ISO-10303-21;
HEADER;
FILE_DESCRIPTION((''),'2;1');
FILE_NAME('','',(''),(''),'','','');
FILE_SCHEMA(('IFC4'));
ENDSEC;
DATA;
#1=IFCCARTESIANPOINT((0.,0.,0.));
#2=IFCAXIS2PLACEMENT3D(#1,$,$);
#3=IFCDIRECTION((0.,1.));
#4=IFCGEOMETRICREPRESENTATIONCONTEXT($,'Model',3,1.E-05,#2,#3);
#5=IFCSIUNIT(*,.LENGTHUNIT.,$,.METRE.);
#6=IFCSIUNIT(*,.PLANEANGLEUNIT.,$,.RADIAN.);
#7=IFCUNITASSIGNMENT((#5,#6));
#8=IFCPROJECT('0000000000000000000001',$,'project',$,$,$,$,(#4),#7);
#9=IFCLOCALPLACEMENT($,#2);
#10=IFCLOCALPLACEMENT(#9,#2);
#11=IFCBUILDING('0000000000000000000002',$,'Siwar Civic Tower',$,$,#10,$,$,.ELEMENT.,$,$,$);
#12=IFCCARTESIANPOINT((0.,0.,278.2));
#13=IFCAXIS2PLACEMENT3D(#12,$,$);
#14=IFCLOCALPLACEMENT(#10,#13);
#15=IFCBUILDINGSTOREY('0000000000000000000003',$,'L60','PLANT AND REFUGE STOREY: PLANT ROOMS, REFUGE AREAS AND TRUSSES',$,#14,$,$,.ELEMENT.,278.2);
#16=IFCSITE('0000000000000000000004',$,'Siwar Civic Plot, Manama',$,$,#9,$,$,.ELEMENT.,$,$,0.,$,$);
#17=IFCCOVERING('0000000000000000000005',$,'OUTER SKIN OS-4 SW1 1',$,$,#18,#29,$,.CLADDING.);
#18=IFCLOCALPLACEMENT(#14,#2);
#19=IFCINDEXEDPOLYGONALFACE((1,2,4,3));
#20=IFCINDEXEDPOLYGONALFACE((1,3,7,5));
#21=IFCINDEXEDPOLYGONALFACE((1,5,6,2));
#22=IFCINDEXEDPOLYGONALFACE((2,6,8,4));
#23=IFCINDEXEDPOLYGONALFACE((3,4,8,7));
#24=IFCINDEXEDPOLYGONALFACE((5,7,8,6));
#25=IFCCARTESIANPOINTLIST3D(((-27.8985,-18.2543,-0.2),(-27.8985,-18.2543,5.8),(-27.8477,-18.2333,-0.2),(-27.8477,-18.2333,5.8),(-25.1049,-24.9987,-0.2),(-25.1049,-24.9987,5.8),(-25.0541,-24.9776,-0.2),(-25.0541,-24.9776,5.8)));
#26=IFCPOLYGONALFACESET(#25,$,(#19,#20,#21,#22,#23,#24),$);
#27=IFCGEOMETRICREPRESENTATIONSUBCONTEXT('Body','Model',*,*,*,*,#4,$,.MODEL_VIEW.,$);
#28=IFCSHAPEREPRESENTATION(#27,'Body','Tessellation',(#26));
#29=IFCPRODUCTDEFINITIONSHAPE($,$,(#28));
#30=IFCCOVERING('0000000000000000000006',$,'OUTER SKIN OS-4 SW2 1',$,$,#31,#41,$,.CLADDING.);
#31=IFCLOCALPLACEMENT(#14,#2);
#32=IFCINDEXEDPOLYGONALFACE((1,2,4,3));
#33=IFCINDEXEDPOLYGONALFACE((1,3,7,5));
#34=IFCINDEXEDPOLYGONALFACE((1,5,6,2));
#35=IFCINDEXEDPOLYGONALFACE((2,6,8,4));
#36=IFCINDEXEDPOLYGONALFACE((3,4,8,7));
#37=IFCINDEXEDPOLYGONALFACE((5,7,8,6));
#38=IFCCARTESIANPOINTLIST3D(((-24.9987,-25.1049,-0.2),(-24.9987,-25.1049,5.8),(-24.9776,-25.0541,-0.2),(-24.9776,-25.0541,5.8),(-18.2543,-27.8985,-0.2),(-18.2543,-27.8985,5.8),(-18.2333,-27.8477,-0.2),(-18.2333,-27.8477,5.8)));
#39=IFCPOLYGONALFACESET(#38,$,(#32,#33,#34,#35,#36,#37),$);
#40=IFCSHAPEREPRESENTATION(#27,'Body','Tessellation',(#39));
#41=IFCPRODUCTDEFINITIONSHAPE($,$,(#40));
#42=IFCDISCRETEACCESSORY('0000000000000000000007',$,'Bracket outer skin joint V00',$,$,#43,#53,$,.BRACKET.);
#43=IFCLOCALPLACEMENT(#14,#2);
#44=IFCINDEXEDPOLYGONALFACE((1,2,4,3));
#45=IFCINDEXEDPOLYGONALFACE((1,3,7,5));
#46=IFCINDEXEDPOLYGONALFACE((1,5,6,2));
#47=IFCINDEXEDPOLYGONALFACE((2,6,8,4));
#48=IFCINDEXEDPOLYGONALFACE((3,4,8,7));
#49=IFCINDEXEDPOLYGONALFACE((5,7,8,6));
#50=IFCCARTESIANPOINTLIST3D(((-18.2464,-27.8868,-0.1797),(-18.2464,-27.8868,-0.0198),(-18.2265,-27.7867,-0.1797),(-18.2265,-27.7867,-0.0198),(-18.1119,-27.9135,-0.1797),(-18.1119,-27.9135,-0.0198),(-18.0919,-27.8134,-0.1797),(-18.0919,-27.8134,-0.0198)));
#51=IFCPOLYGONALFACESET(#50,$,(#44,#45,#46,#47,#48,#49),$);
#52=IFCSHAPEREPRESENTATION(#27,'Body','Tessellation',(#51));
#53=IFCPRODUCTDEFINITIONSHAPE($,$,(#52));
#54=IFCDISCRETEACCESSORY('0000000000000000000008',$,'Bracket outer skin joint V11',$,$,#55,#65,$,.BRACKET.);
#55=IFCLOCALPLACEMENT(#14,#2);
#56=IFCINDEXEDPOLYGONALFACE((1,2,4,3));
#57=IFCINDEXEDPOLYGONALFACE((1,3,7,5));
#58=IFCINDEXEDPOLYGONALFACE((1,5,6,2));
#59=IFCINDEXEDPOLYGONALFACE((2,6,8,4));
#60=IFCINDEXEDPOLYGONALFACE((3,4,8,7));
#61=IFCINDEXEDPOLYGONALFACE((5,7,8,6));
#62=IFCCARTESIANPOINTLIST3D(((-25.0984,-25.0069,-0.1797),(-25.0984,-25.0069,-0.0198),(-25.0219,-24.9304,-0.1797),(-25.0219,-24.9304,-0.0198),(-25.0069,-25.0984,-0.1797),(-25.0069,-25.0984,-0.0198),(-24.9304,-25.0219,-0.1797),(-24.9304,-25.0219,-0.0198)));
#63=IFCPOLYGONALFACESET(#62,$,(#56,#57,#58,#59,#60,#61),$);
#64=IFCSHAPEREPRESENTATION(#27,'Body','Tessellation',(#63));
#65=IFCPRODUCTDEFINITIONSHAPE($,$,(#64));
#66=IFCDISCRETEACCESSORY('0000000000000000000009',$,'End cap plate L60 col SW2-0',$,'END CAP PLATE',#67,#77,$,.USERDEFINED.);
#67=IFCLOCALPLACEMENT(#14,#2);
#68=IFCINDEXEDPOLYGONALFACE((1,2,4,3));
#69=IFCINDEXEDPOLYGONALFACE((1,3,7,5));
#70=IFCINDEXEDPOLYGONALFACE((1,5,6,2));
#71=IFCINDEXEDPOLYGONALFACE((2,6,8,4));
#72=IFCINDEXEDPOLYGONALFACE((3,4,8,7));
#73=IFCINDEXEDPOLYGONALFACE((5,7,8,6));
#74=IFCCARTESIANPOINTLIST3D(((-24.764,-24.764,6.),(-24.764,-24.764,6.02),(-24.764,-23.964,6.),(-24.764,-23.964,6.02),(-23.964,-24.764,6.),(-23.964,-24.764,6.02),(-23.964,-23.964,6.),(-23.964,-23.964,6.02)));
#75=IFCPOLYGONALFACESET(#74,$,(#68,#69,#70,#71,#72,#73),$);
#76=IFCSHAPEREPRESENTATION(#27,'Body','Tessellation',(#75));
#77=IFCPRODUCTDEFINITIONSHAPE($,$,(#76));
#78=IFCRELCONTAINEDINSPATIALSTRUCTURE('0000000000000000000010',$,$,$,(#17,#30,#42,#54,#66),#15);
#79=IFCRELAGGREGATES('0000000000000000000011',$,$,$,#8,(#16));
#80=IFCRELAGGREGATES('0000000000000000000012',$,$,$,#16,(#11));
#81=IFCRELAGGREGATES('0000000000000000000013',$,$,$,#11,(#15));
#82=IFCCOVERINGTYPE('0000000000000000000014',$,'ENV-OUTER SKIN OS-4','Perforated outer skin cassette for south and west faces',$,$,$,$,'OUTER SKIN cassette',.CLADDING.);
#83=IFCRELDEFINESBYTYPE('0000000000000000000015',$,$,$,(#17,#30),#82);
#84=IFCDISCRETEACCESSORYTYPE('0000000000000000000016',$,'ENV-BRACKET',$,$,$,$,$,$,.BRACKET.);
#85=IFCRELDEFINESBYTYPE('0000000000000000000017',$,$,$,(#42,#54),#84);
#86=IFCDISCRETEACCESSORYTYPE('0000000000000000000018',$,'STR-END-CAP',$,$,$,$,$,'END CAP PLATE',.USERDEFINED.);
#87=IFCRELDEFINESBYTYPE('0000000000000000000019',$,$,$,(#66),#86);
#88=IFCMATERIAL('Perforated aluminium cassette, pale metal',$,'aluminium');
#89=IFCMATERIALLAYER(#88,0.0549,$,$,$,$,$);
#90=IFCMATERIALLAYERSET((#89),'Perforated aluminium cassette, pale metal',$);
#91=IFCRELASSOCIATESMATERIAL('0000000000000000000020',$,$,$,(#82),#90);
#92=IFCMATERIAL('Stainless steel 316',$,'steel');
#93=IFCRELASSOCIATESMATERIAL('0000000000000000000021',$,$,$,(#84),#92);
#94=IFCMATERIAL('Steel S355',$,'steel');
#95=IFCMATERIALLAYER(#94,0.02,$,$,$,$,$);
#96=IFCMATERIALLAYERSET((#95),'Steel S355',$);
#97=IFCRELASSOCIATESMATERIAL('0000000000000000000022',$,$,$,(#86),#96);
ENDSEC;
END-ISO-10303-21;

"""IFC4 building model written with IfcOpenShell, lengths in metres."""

from ifc_helpers import new_model, si_unit, direction, frame, origin, origin_2d, place, context, subcontext, project, spatial, rectangle, extrude, material, layer, layer_set, type_object, element, save


model = new_model("IFC4")

# Units and contexts
model_context = context("Model", 3, precision=1e-05, world=origin(), true_north=direction((0.0, 1.0)))
body_context = subcontext(model_context, "Body", "Model", "MODEL_VIEW")
ifc_project = project(units=[si_unit("LENGTHUNIT", "METRE"), si_unit("PLANEANGLEUNIT", "RADIAN")], contexts=[model_context])

# Site, building, storey
site_placement = place(None, origin())
site = spatial("IfcSite", under=ifc_project, at=site_placement, Name="Siwar Civic Plot, Manama", CompositionType="ELEMENT", RefElevation=0.0)
building_placement = place(site_placement, origin())
building = spatial("IfcBuilding", under=site, at=building_placement, Name="Siwar Civic Tower", CompositionType="ELEMENT")
storey_placement = place(building_placement, frame((0.0, 0.0, 278.2)))
storey = spatial("IfcBuildingStorey", under=building, at=storey_placement, Name="L60", Description="PLANT AND REFUGE STOREY: PLANT ROOMS, REFUGE AREAS AND TRUSSES", CompositionType="ELEMENT", Elevation=278.2)

# Coverings
ifc_material_1 = material(Name="Perforated aluminium cassette, pale metal", Category="aluminium")
ifc_layer_1 = layer(ifc_material_1, 0.0549)
ifc_layer_set_1 = layer_set([ifc_layer_1], Name="Perforated aluminium cassette, pale metal")
covering_type = type_object("IfcCoveringType", Name="ENV-OUTER SKIN OS-4", Description="Perforated outer skin cassette for south and west faces", ElementType="OUTER SKIN cassette", PredefinedType="CLADDING", material=ifc_layer_set_1)
for number, where, z_axis, x_axis, name in (
    (1, (-26.4763, -21.616, -0.2), (0.0, 0.0, 1.0), (0.382683, -0.92388, 0.0), "OUTER SKIN OS-4 SW1 1"),
    (2, (-21.616, -26.4763, -0.2), (0.0, 0.0, 1.0), (0.92388, -0.382683, 0.0), "OUTER SKIN OS-4 SW2 1"),
):
    element("IfcCovering", number, at=place(storey_placement, frame(where, z_axis=z_axis, x_axis=x_axis)), inside=storey, type_object=covering_type, Name=name, PredefinedType="CLADDING", context=body_context, shape_type="SweptSolid", body=[
        extrude(rectangle(XDim=7.3, YDim=0.0549, at=origin_2d()), origin(), (0.0, 0.0, 1.0), 6.0),
    ])

# Discrete accessories
ifc_material_2 = material(Name="Stainless steel 316", Category="steel")
discrete_accessory_type_1 = type_object("IfcDiscreteAccessoryType", Name="ENV-BRACKET", PredefinedType="BRACKET", material=ifc_material_2)
discrete_accessory_1_placement = place(storey_placement, frame((-18.1692, -27.8501, -0.1797), z_axis=(0.0, 0.0, 1.0), x_axis=(-0.19509, -0.980785, 0.0)))
element("IfcDiscreteAccessory", 3, at=discrete_accessory_1_placement, inside=storey, type_object=discrete_accessory_type_1, Name="Bracket outer skin joint V00", PredefinedType="BRACKET", context=body_context, shape_type="SweptSolid", body=[
    extrude(rectangle(XDim=0.1021, YDim=0.1372, at=origin_2d()), origin(), (0.0, 0.0, 1.0), 0.1599),
])
discrete_accessory_2_placement = place(storey_placement, frame((-25.0144, -25.0144, -0.1797), z_axis=(0.0, 0.0, 1.0), x_axis=(-0.707107, -0.707107, 0.0)))
element("IfcDiscreteAccessory", 4, at=discrete_accessory_2_placement, inside=storey, type_object=discrete_accessory_type_1, Name="Bracket outer skin joint V11", PredefinedType="BRACKET", context=body_context, shape_type="SweptSolid", body=[
    extrude(rectangle(XDim=0.1082, YDim=0.1294, at=origin_2d()), origin(), (0.0, 0.0, 1.0), 0.1599),
])
ifc_material_3 = material(Name="Steel S355", Category="steel")
ifc_layer_2 = layer(ifc_material_3, 0.02)
ifc_layer_set_2 = layer_set([ifc_layer_2], Name="Steel S355")
discrete_accessory_type_2 = type_object("IfcDiscreteAccessoryType", Name="STR-END-CAP", ElementType="END CAP PLATE", PredefinedType="USERDEFINED", material=ifc_layer_set_2)
discrete_accessory_3_placement = place(storey_placement, frame((-24.364, -24.364, 6.0), z_axis=(0.0, 0.0, 1.0), x_axis=(1.0, 0.0, 0.0)))
element("IfcDiscreteAccessory", 5, at=discrete_accessory_3_placement, inside=storey, type_object=discrete_accessory_type_2, Name="End cap plate L60 col SW2-0", ObjectType="END CAP PLATE", PredefinedType="USERDEFINED", context=body_context, shape_type="SweptSolid", body=[
    extrude(rectangle(XDim=0.8, YDim=0.8, at=origin_2d()), origin(), (0.0, 0.0, 1.0), 0.02),
])

save(model, "model.ifc")
